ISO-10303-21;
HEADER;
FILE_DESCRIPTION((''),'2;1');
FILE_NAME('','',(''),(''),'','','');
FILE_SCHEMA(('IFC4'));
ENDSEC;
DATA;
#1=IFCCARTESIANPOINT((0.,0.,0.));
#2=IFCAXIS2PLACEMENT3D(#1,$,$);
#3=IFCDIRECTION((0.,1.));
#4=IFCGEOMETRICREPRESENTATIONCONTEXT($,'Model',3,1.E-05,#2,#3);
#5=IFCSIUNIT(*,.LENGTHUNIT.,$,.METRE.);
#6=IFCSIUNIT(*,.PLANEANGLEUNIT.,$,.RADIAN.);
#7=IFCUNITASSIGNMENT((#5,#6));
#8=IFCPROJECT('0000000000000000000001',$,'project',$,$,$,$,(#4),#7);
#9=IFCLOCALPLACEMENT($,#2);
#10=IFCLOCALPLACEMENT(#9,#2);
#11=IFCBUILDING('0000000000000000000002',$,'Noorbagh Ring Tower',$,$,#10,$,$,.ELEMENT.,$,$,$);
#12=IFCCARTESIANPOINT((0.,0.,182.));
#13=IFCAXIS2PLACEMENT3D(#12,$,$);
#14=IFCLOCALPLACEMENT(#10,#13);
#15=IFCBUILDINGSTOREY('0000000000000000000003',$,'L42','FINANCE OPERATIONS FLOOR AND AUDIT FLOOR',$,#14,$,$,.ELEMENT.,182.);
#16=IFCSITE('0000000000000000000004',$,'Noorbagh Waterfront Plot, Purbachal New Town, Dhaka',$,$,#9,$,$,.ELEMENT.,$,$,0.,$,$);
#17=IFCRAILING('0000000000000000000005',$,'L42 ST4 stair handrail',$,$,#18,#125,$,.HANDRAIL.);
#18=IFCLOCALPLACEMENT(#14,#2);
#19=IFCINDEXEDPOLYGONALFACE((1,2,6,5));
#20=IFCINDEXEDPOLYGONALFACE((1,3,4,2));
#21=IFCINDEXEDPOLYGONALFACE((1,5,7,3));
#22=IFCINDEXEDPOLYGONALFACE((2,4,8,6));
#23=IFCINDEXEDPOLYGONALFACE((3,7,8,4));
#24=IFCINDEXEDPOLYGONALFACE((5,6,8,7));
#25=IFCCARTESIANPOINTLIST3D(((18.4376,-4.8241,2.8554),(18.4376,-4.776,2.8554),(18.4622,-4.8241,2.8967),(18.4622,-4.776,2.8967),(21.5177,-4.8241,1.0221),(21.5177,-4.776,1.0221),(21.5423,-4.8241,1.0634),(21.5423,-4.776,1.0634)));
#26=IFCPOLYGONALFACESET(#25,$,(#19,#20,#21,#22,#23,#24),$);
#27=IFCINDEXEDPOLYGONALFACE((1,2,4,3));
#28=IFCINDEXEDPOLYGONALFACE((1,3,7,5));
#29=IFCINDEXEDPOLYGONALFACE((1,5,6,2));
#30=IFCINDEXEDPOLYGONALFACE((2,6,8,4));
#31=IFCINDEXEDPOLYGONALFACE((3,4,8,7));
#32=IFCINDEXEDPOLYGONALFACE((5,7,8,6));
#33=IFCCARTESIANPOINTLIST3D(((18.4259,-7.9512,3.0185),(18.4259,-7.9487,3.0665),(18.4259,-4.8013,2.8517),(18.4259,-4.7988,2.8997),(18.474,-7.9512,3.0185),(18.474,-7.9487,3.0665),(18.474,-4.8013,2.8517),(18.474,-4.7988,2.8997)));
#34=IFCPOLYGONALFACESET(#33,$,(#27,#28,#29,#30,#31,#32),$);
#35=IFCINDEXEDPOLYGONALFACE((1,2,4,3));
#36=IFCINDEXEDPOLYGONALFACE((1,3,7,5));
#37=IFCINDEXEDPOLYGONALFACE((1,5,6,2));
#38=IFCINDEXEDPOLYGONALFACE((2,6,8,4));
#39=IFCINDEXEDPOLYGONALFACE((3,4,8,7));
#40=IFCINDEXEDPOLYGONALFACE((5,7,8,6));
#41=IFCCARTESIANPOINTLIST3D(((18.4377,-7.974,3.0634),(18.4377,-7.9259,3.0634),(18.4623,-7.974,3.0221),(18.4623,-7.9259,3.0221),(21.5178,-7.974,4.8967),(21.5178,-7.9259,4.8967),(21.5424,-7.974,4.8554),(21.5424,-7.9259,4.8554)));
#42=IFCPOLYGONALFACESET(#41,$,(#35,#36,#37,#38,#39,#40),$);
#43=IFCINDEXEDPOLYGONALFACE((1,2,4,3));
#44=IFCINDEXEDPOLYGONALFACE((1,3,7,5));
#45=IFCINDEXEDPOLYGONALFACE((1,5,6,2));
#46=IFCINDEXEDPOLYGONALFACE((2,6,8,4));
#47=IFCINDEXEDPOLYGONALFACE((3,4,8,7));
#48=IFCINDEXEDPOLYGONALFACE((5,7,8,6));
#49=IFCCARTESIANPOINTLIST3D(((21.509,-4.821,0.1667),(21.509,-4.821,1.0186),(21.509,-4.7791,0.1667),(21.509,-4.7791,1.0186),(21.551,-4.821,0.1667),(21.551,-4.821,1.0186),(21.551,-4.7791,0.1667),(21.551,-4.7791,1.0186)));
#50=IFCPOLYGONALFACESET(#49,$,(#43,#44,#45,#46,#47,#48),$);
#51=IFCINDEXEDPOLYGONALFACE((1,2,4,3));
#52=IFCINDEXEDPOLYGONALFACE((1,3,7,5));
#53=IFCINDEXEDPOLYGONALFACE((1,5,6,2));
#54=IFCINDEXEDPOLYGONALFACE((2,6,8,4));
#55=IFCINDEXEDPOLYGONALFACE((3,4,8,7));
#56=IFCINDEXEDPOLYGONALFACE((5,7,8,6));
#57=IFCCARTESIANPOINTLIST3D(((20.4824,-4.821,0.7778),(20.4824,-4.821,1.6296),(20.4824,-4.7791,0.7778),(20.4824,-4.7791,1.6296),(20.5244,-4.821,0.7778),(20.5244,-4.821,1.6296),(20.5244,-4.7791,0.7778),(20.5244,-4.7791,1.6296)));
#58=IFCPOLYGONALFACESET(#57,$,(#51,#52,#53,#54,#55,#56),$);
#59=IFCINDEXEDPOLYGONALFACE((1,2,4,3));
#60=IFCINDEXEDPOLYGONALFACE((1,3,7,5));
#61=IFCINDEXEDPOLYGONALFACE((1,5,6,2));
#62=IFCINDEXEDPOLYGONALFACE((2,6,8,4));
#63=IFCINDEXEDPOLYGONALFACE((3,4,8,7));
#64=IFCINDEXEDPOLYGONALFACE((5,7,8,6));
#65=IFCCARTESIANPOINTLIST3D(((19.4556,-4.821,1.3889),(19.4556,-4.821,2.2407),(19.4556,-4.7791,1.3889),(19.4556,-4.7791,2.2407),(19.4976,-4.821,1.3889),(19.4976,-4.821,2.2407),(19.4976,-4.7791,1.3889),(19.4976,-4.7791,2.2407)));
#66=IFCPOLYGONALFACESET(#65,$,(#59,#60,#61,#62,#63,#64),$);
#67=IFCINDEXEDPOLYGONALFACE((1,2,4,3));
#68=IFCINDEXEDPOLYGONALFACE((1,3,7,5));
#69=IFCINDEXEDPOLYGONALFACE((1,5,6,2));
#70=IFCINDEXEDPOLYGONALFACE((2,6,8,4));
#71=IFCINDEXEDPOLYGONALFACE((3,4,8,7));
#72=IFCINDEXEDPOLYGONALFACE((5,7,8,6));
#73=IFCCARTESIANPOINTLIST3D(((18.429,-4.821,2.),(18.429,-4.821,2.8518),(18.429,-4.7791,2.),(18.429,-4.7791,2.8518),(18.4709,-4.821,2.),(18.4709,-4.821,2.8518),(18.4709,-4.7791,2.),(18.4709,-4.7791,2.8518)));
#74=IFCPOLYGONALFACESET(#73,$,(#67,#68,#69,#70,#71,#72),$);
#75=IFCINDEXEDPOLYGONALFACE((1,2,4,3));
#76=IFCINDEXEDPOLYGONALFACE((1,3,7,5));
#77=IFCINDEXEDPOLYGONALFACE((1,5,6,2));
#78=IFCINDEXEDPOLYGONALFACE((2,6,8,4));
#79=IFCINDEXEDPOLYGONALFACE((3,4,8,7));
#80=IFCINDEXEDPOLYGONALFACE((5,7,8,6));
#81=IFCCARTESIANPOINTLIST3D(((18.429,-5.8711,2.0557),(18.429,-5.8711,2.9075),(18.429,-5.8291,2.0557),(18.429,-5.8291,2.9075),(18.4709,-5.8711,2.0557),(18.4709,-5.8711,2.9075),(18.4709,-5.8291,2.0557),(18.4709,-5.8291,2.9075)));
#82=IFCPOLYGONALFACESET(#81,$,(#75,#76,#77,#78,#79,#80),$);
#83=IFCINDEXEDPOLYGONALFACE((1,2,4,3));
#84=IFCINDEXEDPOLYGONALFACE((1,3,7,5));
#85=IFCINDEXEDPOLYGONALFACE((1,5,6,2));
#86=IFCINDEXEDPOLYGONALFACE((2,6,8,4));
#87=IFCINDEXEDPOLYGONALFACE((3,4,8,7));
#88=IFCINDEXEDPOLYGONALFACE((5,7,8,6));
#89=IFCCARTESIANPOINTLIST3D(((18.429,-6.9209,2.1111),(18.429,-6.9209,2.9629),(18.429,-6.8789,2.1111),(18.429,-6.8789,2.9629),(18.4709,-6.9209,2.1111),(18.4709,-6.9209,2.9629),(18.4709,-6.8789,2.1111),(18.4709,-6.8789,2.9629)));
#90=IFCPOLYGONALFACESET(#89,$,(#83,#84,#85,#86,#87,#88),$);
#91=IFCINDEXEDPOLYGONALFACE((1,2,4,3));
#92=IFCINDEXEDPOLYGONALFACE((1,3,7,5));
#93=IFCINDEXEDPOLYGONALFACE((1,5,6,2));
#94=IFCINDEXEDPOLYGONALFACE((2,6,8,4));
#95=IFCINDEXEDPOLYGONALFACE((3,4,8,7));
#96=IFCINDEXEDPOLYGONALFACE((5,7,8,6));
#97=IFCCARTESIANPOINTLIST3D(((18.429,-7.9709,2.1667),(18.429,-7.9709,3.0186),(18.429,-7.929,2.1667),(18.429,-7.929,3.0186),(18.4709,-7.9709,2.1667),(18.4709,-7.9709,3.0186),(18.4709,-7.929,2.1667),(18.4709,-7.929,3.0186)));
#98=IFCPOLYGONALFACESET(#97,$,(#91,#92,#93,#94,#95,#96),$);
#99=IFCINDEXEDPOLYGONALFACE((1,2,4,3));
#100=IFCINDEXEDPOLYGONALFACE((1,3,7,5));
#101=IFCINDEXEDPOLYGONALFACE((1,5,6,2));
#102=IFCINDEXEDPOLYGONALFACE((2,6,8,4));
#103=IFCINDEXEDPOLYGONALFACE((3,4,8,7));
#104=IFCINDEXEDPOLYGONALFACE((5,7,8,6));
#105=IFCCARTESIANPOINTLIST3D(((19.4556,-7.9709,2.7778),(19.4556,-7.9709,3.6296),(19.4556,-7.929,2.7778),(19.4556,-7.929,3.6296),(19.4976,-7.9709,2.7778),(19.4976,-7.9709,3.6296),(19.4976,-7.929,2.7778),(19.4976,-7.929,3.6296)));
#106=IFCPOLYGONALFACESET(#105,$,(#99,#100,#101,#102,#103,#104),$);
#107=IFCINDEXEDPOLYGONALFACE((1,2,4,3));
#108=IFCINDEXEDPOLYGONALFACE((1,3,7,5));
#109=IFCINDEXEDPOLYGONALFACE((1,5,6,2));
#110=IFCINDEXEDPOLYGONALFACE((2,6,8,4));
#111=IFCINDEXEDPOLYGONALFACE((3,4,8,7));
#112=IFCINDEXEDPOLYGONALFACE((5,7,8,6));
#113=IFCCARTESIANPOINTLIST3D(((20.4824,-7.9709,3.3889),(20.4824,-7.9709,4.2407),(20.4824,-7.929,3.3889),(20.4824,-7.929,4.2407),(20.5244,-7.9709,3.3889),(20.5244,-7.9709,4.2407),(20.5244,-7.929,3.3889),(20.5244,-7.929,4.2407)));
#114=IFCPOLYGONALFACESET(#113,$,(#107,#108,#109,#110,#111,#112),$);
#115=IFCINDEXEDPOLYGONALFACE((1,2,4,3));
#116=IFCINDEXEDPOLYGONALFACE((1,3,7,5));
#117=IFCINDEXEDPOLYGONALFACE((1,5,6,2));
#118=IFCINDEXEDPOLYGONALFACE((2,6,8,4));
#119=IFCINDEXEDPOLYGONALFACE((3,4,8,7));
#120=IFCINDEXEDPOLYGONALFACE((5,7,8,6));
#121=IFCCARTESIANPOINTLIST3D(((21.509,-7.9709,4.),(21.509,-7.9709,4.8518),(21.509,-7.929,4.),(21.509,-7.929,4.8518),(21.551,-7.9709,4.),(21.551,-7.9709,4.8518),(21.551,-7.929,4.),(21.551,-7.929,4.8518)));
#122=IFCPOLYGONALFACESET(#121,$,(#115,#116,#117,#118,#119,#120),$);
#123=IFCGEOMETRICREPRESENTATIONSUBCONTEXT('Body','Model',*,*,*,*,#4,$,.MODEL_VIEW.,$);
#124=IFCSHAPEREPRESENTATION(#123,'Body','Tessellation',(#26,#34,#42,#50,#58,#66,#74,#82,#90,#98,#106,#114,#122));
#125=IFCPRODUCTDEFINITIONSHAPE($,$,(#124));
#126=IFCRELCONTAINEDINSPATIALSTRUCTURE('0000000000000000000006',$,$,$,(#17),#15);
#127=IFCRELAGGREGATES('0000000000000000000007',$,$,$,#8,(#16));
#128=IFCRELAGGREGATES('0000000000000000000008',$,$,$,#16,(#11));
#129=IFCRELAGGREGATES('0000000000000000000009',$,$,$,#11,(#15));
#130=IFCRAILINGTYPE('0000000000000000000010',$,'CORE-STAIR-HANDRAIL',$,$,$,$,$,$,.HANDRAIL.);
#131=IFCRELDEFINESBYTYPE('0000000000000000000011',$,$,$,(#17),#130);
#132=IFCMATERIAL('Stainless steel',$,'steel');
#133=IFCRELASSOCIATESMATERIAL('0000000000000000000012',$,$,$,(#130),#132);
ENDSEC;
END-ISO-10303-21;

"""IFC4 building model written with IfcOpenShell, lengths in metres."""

from ifc_helpers import new_model, si_unit, direction, frame, origin, origin_2d, place, context, subcontext, project, spatial, rectangle, extrude, material, type_object, element, save


model = new_model("IFC4")

# Units and contexts
model_context = context("Model", 3, precision=1e-05, world=origin(), true_north=direction((0.0, 1.0)))
body_context = subcontext(model_context, "Body", "Model", "MODEL_VIEW")
ifc_project = project(units=[si_unit("LENGTHUNIT", "METRE"), si_unit("PLANEANGLEUNIT", "RADIAN")], contexts=[model_context])

# Site, building, storey
site_placement = place(None, origin())
site = spatial("IfcSite", under=ifc_project, at=site_placement, Name="Noorbagh Waterfront Plot, Purbachal New Town, Dhaka", CompositionType="ELEMENT", RefElevation=0.0)
building_placement = place(site_placement, origin())
building = spatial("IfcBuilding", under=site, at=building_placement, Name="Noorbagh Ring Tower", CompositionType="ELEMENT")
storey_placement = place(building_placement, frame((0.0, 0.0, 182.0)))
storey = spatial("IfcBuildingStorey", under=building, at=storey_placement, Name="L42", Description="FINANCE OPERATIONS FLOOR AND AUDIT FLOOR", CompositionType="ELEMENT", Elevation=182.0)

# Railing
ifc_material_1 = material(Name="Stainless steel", Category="steel")
railing_type_1 = type_object("IfcRailingType", Name="CORE-STAIR-HANDRAIL", PredefinedType="HANDRAIL", material=ifc_material_1)
railing_1_placement = place(storey_placement, frame((21.53, -4.8, 0.1667)))
element("IfcRailing", 1, at=railing_1_placement, inside=storey, type_object=railing_type_1, Name="L42 ST4 stair handrail", PredefinedType="HANDRAIL", context=body_context, shape_type="SweptSolid", body=[
    extrude(rectangle(XDim=0.0481, YDim=0.0481, at=origin_2d()), frame((0.0, 0.0, 0.876), z_axis=(-0.859309, 0.0, 0.511458), x_axis=(0.0, -1.0, 0.0)), (0.0, 0.0, 1.0), 3.5845),
    extrude(rectangle(XDim=0.0481, YDim=0.0481, at=origin_2d()), frame((-3.0801, 0.0, 2.709), z_axis=(0.0, -0.998602, 0.052864), x_axis=(1.0, 0.0, 0.0)), (0.0, 0.0, 1.0), 3.1543),
    extrude(rectangle(XDim=0.0481, YDim=0.0481, at=origin_2d()), frame((-3.0801, -3.1499, 2.876), z_axis=(0.859309, 0.0, 0.511458), x_axis=(0.0, 1.0, 0.0)), (0.0, 0.0, 1.0), 3.5845),
    extrude(rectangle(XDim=0.042, YDim=0.042, at=origin_2d()), origin(), (0.0, 0.0, 1.0), 0.8518),
    extrude(rectangle(XDim=0.042, YDim=0.042, at=origin_2d()), frame((-1.0266, 0.0, 0.6111)), (0.0, 0.0, 1.0), 0.8518),
    extrude(rectangle(XDim=0.042, YDim=0.042, at=origin_2d()), frame((-2.0535, 0.0, 1.2222)), (0.0, 0.0, 1.0), 0.8518),
    extrude(rectangle(XDim=0.042, YDim=0.042, at=origin_2d()), frame((-3.0801, 0.0, 1.8333)), (0.0, 0.0, 1.0), 0.8518),
    extrude(rectangle(XDim=0.042, YDim=0.042, at=origin_2d()), frame((-3.0801, -1.05, 1.8889)), (0.0, 0.0, 1.0), 0.8518),
    extrude(rectangle(XDim=0.042, YDim=0.042, at=origin_2d()), frame((-3.0801, -2.0999, 1.9443)), (0.0, 0.0, 1.0), 0.8518),
    extrude(rectangle(XDim=0.042, YDim=0.042, at=origin_2d()), frame((-3.0801, -3.1499, 2.0)), (0.0, 0.0, 1.0), 0.8518),
    extrude(rectangle(XDim=0.042, YDim=0.042, at=origin_2d()), frame((-2.0535, -3.1499, 2.6111)), (0.0, 0.0, 1.0), 0.8518),
    extrude(rectangle(XDim=0.042, YDim=0.042, at=origin_2d()), frame((-1.0266, -3.1499, 3.2222)), (0.0, 0.0, 1.0), 0.8518),
    extrude(rectangle(XDim=0.042, YDim=0.042, at=origin_2d()), frame((0.0, -3.1499, 3.8333)), (0.0, 0.0, 1.0), 0.8518),
])

save(model, "model.ifc")
